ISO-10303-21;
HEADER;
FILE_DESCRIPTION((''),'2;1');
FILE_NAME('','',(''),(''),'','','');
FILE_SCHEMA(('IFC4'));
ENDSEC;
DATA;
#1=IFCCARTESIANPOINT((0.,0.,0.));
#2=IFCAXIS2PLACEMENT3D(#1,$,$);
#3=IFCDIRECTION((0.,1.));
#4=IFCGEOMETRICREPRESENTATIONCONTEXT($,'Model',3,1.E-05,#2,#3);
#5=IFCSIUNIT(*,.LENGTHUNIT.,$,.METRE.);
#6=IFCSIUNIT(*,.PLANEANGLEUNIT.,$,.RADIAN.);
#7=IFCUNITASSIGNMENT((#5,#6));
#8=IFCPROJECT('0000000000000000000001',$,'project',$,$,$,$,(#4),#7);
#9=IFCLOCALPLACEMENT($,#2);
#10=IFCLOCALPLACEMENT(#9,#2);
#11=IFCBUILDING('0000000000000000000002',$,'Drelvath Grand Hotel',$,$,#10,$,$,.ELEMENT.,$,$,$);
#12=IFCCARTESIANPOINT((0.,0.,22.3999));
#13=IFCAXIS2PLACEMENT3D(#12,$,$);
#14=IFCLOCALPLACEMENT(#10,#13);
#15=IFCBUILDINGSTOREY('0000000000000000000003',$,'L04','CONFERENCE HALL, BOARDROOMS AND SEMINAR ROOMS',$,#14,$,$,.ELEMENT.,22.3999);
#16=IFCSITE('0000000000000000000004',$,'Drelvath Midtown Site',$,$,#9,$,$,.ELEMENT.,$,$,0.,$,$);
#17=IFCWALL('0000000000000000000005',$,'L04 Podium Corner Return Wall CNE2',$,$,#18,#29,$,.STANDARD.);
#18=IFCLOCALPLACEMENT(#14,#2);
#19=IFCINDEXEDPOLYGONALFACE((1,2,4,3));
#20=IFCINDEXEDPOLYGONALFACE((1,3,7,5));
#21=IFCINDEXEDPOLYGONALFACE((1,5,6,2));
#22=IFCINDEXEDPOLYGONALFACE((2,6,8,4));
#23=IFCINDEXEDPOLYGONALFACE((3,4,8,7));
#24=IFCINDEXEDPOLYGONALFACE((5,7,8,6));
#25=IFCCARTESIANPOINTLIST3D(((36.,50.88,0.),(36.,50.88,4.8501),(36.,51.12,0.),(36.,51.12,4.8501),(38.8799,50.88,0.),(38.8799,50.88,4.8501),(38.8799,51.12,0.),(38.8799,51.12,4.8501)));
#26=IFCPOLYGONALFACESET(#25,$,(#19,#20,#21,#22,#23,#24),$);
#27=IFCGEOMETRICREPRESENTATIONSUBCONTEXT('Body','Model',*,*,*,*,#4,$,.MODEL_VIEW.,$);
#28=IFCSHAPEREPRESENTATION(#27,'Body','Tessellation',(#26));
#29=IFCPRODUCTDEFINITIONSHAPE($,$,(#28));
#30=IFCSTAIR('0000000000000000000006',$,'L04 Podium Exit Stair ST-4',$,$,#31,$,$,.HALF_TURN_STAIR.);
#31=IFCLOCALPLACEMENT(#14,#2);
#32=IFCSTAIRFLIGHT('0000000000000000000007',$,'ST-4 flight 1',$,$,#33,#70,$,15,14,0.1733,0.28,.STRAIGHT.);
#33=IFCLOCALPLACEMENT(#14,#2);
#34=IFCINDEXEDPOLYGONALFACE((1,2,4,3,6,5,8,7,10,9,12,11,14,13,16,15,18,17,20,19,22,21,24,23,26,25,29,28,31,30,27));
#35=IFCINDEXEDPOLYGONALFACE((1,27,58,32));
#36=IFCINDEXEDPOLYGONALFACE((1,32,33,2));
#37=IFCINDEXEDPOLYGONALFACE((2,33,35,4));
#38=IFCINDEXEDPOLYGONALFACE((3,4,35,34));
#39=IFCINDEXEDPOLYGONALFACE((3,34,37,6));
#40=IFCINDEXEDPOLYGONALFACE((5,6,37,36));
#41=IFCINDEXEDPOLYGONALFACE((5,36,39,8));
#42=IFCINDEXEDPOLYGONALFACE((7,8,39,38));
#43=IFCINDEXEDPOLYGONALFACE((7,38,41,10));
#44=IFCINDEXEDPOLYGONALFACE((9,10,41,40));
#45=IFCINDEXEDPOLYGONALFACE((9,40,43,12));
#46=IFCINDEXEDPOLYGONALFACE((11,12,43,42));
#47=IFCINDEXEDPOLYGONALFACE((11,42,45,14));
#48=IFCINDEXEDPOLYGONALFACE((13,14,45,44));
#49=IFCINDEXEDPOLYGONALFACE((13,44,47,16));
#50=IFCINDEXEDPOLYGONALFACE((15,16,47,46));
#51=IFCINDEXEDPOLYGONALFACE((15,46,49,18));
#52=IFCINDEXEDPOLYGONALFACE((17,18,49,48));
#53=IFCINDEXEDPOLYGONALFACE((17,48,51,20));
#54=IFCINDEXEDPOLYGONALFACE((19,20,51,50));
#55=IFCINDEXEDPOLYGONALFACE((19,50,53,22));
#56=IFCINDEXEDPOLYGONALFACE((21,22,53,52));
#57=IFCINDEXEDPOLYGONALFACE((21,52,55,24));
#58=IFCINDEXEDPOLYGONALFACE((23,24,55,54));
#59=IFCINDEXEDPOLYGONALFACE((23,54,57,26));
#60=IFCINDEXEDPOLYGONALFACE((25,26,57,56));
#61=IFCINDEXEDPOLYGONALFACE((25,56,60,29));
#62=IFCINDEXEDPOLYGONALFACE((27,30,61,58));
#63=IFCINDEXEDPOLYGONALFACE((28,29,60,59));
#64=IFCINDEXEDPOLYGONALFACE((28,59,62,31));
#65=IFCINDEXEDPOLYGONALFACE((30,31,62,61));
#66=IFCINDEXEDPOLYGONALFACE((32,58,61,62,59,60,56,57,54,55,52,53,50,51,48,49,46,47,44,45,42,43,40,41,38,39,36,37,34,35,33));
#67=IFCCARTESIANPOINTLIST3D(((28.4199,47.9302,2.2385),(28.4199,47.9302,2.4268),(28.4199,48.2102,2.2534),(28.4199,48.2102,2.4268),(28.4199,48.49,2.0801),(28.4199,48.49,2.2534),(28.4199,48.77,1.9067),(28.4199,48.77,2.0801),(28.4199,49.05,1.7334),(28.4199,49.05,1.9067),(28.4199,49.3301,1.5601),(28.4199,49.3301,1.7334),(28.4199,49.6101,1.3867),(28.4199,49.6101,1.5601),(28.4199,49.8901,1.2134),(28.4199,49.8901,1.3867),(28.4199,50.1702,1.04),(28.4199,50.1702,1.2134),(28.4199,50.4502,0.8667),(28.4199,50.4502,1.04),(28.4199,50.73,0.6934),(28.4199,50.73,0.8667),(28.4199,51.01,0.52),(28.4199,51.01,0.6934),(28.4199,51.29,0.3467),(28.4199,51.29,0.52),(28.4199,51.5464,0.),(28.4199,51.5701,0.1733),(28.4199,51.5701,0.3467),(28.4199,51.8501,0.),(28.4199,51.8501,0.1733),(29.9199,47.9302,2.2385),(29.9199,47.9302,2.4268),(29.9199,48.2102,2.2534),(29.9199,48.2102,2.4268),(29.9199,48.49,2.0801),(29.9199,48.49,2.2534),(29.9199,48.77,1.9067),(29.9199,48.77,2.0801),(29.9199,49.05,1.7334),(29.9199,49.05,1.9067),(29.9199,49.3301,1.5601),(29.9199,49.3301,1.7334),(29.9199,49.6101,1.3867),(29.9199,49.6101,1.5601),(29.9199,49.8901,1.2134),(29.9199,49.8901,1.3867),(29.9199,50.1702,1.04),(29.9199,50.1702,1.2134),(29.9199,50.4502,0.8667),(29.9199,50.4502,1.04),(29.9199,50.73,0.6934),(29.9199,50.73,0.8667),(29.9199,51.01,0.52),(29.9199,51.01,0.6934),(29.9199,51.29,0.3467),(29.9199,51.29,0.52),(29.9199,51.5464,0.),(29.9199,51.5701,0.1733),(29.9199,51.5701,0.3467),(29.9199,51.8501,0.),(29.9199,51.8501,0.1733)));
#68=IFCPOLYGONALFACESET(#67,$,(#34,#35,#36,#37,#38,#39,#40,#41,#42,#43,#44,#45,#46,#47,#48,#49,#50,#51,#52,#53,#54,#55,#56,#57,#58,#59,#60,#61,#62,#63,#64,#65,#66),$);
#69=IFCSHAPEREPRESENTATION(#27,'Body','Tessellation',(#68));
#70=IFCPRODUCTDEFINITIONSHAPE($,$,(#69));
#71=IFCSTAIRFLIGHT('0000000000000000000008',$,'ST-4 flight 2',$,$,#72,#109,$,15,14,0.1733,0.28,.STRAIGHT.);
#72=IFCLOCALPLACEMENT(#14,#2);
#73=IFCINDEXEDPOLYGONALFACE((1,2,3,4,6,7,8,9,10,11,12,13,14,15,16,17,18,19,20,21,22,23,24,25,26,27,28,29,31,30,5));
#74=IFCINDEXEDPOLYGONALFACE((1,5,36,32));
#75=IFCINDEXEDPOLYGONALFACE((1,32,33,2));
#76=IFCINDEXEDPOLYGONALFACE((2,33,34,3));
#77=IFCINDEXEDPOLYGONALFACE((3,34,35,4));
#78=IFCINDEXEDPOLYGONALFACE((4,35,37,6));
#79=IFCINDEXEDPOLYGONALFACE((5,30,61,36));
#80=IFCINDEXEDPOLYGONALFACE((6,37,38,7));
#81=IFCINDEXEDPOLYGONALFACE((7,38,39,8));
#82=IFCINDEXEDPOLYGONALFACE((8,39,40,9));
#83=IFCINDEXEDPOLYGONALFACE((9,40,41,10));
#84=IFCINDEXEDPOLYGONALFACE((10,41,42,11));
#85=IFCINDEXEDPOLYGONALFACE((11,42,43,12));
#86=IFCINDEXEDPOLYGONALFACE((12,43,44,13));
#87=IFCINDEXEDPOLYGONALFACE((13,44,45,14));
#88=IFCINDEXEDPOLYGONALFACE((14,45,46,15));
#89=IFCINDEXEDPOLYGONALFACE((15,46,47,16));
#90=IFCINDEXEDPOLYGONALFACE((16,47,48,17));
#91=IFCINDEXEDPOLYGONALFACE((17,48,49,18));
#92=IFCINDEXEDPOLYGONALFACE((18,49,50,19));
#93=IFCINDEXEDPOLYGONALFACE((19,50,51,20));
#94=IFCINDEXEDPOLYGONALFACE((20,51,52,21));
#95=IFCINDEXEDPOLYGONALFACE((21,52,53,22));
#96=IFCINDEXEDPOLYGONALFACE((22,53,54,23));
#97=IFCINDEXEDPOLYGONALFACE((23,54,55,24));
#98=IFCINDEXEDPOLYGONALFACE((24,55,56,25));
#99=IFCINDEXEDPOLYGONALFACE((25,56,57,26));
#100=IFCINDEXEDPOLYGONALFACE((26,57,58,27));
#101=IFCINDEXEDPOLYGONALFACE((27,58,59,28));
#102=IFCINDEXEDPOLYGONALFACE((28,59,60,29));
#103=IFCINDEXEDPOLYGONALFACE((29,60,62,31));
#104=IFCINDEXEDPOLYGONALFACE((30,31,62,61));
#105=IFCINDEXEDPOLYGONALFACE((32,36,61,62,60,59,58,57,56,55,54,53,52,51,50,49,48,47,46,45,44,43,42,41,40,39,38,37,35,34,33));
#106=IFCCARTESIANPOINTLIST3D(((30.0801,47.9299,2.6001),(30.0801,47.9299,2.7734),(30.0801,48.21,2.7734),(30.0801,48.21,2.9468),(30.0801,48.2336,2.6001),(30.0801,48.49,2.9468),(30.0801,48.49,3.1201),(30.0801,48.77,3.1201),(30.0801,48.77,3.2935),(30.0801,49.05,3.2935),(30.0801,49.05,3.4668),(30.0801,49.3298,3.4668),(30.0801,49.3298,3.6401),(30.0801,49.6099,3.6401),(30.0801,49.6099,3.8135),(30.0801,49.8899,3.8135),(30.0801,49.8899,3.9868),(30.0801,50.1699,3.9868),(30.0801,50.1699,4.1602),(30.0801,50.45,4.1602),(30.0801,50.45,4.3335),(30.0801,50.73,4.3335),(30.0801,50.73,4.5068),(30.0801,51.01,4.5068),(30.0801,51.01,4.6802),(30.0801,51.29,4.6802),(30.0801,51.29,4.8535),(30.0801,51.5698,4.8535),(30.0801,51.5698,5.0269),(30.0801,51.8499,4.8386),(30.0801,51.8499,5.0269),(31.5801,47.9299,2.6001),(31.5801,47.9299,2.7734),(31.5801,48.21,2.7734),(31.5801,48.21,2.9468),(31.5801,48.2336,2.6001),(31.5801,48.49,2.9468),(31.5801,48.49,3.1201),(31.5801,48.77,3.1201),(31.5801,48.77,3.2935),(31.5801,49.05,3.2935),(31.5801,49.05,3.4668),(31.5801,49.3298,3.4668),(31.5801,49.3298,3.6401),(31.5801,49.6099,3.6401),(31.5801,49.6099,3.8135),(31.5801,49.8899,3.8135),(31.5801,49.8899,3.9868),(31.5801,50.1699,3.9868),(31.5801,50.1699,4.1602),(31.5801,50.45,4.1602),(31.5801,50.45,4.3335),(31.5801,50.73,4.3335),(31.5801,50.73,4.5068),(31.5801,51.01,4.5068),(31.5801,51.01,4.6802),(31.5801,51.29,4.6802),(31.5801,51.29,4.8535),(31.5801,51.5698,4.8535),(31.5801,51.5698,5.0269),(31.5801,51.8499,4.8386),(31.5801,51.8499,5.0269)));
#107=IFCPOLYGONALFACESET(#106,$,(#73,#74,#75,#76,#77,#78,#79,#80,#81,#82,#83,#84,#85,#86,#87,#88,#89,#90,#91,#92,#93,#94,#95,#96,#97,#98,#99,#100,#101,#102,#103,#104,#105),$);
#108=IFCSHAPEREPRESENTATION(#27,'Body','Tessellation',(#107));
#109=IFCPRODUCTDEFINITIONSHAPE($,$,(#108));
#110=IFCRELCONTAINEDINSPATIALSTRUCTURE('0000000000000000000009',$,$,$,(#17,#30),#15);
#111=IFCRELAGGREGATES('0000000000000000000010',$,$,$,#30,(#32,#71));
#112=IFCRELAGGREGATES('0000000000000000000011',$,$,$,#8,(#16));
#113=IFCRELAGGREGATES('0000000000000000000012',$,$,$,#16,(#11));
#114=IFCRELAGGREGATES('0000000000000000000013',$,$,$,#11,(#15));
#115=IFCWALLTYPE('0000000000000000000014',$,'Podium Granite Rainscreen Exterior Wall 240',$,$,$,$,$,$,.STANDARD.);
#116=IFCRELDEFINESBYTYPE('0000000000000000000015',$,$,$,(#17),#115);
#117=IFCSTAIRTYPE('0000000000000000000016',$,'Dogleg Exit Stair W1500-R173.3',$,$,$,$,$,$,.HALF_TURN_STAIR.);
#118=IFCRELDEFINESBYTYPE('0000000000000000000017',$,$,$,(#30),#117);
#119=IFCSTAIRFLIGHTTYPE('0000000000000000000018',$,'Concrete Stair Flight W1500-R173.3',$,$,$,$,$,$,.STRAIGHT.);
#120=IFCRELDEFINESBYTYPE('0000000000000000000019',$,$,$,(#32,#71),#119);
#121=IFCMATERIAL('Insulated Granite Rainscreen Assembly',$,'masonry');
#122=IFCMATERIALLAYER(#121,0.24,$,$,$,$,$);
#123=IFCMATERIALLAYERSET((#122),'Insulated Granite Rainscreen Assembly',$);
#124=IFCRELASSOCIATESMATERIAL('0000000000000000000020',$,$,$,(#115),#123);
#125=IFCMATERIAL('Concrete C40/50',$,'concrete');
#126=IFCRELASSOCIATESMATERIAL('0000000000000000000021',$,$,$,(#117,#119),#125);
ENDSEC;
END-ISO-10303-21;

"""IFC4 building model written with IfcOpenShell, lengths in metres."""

from ifc_helpers import new_model, si_unit, direction, frame, frame_2d, origin, place, context, subcontext, project, spatial, polyline, rectangle, outline, extrude, material, layer, layer_set, type_object, element, aggregate, save


model = new_model("IFC4")

# Units and contexts
model_context = context("Model", 3, precision=1e-05, world=origin(), true_north=direction((0.0, 1.0)))
body_context = subcontext(model_context, "Body", "Model", "MODEL_VIEW")
ifc_project = project(units=[si_unit("LENGTHUNIT", "METRE"), si_unit("PLANEANGLEUNIT", "RADIAN")], contexts=[model_context])

# Site, building, storey
site_placement = place(None, origin())
site = spatial("IfcSite", under=ifc_project, at=site_placement, Name="Drelvath Midtown Site", CompositionType="ELEMENT", RefElevation=0.0)
building_placement = place(site_placement, origin())
building = spatial("IfcBuilding", under=site, at=building_placement, Name="Drelvath Grand Hotel", CompositionType="ELEMENT")
storey_placement = place(building_placement, frame((0.0, 0.0, 22.3999)))
storey = spatial("IfcBuildingStorey", under=building, at=storey_placement, Name="L04", Description="CONFERENCE HALL, BOARDROOMS AND SEMINAR ROOMS", CompositionType="ELEMENT", Elevation=22.3999)

# Shared definitions
ifc_material_1 = material(Name="Concrete C40/50", Category="concrete")

# Shared definitions
ifc_material_2 = material(Name="Insulated Granite Rainscreen Assembly", Category="masonry")
ifc_layer_1 = layer(ifc_material_2, 0.24)
ifc_layer_set_1 = layer_set([ifc_layer_1], Name="Insulated Granite Rainscreen Assembly")
wall_type_1 = type_object("IfcWallType", Name="Podium Granite Rainscreen Exterior Wall 240", PredefinedType="STANDARD", material=ifc_layer_set_1)

# Wall
for number, where, z_axis, x_axis, name in (
    (1, (36.0, 51.0, 0.0), (0.0, 0.0, 1.0), (1.0, 0.0, 0.0), "L04 Podium Corner Return Wall CNE2"),
):
    element("IfcWall", number, at=place(storey_placement, frame(where, z_axis=z_axis, x_axis=x_axis)), inside=storey, type_object=wall_type_1, Name=name, PredefinedType="STANDARD", context=body_context, shape_type="SweptSolid", body=[
        extrude(rectangle(XDim=2.8799, YDim=0.24, at=frame_2d((1.4399, 0.0))), origin(), (0.0, 0.0, 1.0), 4.8501),
    ])

# Stair, stair flights
stair_type = type_object("IfcStairType", Name="Dogleg Exit Stair W1500-R173.3", PredefinedType="HALF_TURN_STAIR", material=ifc_material_1)
stair_placement = place(storey_placement, origin())
stair = element("IfcStair", 2, at=stair_placement, inside=storey, type_object=stair_type, Name="L04 Podium Exit Stair ST-4", PredefinedType="HALF_TURN_STAIR")
stair_flight_type = type_object("IfcStairFlightType", Name="Concrete Stair Flight W1500-R173.3", PredefinedType="STRAIGHT", material=ifc_material_1)
stair_flight_1_placement = place(storey_placement, frame((29.1699, 51.8501, 0.0), z_axis=(0.0, 0.0, 1.0), x_axis=(0.0, -1.0, 0.0)))
stair_flight_1 = element("IfcStairFlight", 3, at=stair_flight_1_placement, type_object=stair_flight_type, Name="ST-4 flight 1", NumberOfRisers=15, NumberOfTreads=14, PredefinedType="STRAIGHT", RiserHeight=0.1733, TreadLength=0.28, context=body_context, shape_type="SweptSolid", body=[
    extrude(outline(polyline([(0.0, 0.0), (0.0, 0.1733), (0.28, 0.1733), (0.28, 0.3467), (0.5601, 0.3467), (0.5601, 0.52), (0.8401, 0.52), (0.8401, 0.6934), (1.1201, 0.6934), (1.1201, 0.8667), (1.3999, 0.8667), (1.3999, 1.04), (1.6799, 1.04), (1.6799, 1.2134), (1.96, 1.2134), (1.96, 1.3867), (2.24, 1.3867), (2.24, 1.5601), (2.52, 1.5601), (2.52, 1.7334), (2.8, 1.7334), (2.8, 1.9067), (3.0801, 1.9067), (3.0801, 2.0801), (3.3601, 2.0801), (3.3601, 2.2534), (3.6399, 2.2534), (3.6399, 2.4268), (3.9199, 2.4268), (3.9199, 2.6001), (3.9199, 2.2385), (0.3037, 0.0), (0.0, 0.0)])), frame((0.0, 0.75, 0.0), z_axis=(0.0, -1.0, 0.0), x_axis=(1.0, 0.0, 0.0)), (0.0, 0.0, 1.0), 1.5),
])
stair_flight_2_placement = place(storey_placement, frame((30.8301, 47.9299, 2.6001), z_axis=(0.0, 0.0, 1.0), x_axis=(0.0, 1.0, 0.0)))
stair_flight_2 = element("IfcStairFlight", 4, at=stair_flight_2_placement, type_object=stair_flight_type, Name="ST-4 flight 2", NumberOfRisers=15, NumberOfTreads=14, PredefinedType="STRAIGHT", RiserHeight=0.1733, TreadLength=0.28, context=body_context, shape_type="SweptSolid", body=[
    extrude(outline(polyline([(0.0, 0.0), (0.0, 0.1733), (0.28, 0.1733), (0.28, 0.3467), (0.5601, 0.3467), (0.5601, 0.52), (0.8401, 0.52), (0.8401, 0.6934), (1.1201, 0.6934), (1.1201, 0.8667), (1.3999, 0.8667), (1.3999, 1.04), (1.6799, 1.04), (1.6799, 1.2134), (1.96, 1.2134), (1.96, 1.3867), (2.24, 1.3867), (2.24, 1.5601), (2.52, 1.5601), (2.52, 1.7334), (2.8, 1.7334), (2.8, 1.9067), (3.0801, 1.9067), (3.0801, 2.0801), (3.3601, 2.0801), (3.3601, 2.2534), (3.6399, 2.2534), (3.6399, 2.4268), (3.9199, 2.4268), (3.9199, 2.6001), (3.9199, 2.2385), (0.3037, 0.0), (0.0, 0.0)])), frame((0.0, 0.75, 0.0), z_axis=(0.0, -1.0, 0.0), x_axis=(1.0, 0.0, 0.0)), (0.0, 0.0, 1.0), 1.5),
])
aggregate(stair, [stair_flight_1, stair_flight_2])

save(model, "model.ifc")
